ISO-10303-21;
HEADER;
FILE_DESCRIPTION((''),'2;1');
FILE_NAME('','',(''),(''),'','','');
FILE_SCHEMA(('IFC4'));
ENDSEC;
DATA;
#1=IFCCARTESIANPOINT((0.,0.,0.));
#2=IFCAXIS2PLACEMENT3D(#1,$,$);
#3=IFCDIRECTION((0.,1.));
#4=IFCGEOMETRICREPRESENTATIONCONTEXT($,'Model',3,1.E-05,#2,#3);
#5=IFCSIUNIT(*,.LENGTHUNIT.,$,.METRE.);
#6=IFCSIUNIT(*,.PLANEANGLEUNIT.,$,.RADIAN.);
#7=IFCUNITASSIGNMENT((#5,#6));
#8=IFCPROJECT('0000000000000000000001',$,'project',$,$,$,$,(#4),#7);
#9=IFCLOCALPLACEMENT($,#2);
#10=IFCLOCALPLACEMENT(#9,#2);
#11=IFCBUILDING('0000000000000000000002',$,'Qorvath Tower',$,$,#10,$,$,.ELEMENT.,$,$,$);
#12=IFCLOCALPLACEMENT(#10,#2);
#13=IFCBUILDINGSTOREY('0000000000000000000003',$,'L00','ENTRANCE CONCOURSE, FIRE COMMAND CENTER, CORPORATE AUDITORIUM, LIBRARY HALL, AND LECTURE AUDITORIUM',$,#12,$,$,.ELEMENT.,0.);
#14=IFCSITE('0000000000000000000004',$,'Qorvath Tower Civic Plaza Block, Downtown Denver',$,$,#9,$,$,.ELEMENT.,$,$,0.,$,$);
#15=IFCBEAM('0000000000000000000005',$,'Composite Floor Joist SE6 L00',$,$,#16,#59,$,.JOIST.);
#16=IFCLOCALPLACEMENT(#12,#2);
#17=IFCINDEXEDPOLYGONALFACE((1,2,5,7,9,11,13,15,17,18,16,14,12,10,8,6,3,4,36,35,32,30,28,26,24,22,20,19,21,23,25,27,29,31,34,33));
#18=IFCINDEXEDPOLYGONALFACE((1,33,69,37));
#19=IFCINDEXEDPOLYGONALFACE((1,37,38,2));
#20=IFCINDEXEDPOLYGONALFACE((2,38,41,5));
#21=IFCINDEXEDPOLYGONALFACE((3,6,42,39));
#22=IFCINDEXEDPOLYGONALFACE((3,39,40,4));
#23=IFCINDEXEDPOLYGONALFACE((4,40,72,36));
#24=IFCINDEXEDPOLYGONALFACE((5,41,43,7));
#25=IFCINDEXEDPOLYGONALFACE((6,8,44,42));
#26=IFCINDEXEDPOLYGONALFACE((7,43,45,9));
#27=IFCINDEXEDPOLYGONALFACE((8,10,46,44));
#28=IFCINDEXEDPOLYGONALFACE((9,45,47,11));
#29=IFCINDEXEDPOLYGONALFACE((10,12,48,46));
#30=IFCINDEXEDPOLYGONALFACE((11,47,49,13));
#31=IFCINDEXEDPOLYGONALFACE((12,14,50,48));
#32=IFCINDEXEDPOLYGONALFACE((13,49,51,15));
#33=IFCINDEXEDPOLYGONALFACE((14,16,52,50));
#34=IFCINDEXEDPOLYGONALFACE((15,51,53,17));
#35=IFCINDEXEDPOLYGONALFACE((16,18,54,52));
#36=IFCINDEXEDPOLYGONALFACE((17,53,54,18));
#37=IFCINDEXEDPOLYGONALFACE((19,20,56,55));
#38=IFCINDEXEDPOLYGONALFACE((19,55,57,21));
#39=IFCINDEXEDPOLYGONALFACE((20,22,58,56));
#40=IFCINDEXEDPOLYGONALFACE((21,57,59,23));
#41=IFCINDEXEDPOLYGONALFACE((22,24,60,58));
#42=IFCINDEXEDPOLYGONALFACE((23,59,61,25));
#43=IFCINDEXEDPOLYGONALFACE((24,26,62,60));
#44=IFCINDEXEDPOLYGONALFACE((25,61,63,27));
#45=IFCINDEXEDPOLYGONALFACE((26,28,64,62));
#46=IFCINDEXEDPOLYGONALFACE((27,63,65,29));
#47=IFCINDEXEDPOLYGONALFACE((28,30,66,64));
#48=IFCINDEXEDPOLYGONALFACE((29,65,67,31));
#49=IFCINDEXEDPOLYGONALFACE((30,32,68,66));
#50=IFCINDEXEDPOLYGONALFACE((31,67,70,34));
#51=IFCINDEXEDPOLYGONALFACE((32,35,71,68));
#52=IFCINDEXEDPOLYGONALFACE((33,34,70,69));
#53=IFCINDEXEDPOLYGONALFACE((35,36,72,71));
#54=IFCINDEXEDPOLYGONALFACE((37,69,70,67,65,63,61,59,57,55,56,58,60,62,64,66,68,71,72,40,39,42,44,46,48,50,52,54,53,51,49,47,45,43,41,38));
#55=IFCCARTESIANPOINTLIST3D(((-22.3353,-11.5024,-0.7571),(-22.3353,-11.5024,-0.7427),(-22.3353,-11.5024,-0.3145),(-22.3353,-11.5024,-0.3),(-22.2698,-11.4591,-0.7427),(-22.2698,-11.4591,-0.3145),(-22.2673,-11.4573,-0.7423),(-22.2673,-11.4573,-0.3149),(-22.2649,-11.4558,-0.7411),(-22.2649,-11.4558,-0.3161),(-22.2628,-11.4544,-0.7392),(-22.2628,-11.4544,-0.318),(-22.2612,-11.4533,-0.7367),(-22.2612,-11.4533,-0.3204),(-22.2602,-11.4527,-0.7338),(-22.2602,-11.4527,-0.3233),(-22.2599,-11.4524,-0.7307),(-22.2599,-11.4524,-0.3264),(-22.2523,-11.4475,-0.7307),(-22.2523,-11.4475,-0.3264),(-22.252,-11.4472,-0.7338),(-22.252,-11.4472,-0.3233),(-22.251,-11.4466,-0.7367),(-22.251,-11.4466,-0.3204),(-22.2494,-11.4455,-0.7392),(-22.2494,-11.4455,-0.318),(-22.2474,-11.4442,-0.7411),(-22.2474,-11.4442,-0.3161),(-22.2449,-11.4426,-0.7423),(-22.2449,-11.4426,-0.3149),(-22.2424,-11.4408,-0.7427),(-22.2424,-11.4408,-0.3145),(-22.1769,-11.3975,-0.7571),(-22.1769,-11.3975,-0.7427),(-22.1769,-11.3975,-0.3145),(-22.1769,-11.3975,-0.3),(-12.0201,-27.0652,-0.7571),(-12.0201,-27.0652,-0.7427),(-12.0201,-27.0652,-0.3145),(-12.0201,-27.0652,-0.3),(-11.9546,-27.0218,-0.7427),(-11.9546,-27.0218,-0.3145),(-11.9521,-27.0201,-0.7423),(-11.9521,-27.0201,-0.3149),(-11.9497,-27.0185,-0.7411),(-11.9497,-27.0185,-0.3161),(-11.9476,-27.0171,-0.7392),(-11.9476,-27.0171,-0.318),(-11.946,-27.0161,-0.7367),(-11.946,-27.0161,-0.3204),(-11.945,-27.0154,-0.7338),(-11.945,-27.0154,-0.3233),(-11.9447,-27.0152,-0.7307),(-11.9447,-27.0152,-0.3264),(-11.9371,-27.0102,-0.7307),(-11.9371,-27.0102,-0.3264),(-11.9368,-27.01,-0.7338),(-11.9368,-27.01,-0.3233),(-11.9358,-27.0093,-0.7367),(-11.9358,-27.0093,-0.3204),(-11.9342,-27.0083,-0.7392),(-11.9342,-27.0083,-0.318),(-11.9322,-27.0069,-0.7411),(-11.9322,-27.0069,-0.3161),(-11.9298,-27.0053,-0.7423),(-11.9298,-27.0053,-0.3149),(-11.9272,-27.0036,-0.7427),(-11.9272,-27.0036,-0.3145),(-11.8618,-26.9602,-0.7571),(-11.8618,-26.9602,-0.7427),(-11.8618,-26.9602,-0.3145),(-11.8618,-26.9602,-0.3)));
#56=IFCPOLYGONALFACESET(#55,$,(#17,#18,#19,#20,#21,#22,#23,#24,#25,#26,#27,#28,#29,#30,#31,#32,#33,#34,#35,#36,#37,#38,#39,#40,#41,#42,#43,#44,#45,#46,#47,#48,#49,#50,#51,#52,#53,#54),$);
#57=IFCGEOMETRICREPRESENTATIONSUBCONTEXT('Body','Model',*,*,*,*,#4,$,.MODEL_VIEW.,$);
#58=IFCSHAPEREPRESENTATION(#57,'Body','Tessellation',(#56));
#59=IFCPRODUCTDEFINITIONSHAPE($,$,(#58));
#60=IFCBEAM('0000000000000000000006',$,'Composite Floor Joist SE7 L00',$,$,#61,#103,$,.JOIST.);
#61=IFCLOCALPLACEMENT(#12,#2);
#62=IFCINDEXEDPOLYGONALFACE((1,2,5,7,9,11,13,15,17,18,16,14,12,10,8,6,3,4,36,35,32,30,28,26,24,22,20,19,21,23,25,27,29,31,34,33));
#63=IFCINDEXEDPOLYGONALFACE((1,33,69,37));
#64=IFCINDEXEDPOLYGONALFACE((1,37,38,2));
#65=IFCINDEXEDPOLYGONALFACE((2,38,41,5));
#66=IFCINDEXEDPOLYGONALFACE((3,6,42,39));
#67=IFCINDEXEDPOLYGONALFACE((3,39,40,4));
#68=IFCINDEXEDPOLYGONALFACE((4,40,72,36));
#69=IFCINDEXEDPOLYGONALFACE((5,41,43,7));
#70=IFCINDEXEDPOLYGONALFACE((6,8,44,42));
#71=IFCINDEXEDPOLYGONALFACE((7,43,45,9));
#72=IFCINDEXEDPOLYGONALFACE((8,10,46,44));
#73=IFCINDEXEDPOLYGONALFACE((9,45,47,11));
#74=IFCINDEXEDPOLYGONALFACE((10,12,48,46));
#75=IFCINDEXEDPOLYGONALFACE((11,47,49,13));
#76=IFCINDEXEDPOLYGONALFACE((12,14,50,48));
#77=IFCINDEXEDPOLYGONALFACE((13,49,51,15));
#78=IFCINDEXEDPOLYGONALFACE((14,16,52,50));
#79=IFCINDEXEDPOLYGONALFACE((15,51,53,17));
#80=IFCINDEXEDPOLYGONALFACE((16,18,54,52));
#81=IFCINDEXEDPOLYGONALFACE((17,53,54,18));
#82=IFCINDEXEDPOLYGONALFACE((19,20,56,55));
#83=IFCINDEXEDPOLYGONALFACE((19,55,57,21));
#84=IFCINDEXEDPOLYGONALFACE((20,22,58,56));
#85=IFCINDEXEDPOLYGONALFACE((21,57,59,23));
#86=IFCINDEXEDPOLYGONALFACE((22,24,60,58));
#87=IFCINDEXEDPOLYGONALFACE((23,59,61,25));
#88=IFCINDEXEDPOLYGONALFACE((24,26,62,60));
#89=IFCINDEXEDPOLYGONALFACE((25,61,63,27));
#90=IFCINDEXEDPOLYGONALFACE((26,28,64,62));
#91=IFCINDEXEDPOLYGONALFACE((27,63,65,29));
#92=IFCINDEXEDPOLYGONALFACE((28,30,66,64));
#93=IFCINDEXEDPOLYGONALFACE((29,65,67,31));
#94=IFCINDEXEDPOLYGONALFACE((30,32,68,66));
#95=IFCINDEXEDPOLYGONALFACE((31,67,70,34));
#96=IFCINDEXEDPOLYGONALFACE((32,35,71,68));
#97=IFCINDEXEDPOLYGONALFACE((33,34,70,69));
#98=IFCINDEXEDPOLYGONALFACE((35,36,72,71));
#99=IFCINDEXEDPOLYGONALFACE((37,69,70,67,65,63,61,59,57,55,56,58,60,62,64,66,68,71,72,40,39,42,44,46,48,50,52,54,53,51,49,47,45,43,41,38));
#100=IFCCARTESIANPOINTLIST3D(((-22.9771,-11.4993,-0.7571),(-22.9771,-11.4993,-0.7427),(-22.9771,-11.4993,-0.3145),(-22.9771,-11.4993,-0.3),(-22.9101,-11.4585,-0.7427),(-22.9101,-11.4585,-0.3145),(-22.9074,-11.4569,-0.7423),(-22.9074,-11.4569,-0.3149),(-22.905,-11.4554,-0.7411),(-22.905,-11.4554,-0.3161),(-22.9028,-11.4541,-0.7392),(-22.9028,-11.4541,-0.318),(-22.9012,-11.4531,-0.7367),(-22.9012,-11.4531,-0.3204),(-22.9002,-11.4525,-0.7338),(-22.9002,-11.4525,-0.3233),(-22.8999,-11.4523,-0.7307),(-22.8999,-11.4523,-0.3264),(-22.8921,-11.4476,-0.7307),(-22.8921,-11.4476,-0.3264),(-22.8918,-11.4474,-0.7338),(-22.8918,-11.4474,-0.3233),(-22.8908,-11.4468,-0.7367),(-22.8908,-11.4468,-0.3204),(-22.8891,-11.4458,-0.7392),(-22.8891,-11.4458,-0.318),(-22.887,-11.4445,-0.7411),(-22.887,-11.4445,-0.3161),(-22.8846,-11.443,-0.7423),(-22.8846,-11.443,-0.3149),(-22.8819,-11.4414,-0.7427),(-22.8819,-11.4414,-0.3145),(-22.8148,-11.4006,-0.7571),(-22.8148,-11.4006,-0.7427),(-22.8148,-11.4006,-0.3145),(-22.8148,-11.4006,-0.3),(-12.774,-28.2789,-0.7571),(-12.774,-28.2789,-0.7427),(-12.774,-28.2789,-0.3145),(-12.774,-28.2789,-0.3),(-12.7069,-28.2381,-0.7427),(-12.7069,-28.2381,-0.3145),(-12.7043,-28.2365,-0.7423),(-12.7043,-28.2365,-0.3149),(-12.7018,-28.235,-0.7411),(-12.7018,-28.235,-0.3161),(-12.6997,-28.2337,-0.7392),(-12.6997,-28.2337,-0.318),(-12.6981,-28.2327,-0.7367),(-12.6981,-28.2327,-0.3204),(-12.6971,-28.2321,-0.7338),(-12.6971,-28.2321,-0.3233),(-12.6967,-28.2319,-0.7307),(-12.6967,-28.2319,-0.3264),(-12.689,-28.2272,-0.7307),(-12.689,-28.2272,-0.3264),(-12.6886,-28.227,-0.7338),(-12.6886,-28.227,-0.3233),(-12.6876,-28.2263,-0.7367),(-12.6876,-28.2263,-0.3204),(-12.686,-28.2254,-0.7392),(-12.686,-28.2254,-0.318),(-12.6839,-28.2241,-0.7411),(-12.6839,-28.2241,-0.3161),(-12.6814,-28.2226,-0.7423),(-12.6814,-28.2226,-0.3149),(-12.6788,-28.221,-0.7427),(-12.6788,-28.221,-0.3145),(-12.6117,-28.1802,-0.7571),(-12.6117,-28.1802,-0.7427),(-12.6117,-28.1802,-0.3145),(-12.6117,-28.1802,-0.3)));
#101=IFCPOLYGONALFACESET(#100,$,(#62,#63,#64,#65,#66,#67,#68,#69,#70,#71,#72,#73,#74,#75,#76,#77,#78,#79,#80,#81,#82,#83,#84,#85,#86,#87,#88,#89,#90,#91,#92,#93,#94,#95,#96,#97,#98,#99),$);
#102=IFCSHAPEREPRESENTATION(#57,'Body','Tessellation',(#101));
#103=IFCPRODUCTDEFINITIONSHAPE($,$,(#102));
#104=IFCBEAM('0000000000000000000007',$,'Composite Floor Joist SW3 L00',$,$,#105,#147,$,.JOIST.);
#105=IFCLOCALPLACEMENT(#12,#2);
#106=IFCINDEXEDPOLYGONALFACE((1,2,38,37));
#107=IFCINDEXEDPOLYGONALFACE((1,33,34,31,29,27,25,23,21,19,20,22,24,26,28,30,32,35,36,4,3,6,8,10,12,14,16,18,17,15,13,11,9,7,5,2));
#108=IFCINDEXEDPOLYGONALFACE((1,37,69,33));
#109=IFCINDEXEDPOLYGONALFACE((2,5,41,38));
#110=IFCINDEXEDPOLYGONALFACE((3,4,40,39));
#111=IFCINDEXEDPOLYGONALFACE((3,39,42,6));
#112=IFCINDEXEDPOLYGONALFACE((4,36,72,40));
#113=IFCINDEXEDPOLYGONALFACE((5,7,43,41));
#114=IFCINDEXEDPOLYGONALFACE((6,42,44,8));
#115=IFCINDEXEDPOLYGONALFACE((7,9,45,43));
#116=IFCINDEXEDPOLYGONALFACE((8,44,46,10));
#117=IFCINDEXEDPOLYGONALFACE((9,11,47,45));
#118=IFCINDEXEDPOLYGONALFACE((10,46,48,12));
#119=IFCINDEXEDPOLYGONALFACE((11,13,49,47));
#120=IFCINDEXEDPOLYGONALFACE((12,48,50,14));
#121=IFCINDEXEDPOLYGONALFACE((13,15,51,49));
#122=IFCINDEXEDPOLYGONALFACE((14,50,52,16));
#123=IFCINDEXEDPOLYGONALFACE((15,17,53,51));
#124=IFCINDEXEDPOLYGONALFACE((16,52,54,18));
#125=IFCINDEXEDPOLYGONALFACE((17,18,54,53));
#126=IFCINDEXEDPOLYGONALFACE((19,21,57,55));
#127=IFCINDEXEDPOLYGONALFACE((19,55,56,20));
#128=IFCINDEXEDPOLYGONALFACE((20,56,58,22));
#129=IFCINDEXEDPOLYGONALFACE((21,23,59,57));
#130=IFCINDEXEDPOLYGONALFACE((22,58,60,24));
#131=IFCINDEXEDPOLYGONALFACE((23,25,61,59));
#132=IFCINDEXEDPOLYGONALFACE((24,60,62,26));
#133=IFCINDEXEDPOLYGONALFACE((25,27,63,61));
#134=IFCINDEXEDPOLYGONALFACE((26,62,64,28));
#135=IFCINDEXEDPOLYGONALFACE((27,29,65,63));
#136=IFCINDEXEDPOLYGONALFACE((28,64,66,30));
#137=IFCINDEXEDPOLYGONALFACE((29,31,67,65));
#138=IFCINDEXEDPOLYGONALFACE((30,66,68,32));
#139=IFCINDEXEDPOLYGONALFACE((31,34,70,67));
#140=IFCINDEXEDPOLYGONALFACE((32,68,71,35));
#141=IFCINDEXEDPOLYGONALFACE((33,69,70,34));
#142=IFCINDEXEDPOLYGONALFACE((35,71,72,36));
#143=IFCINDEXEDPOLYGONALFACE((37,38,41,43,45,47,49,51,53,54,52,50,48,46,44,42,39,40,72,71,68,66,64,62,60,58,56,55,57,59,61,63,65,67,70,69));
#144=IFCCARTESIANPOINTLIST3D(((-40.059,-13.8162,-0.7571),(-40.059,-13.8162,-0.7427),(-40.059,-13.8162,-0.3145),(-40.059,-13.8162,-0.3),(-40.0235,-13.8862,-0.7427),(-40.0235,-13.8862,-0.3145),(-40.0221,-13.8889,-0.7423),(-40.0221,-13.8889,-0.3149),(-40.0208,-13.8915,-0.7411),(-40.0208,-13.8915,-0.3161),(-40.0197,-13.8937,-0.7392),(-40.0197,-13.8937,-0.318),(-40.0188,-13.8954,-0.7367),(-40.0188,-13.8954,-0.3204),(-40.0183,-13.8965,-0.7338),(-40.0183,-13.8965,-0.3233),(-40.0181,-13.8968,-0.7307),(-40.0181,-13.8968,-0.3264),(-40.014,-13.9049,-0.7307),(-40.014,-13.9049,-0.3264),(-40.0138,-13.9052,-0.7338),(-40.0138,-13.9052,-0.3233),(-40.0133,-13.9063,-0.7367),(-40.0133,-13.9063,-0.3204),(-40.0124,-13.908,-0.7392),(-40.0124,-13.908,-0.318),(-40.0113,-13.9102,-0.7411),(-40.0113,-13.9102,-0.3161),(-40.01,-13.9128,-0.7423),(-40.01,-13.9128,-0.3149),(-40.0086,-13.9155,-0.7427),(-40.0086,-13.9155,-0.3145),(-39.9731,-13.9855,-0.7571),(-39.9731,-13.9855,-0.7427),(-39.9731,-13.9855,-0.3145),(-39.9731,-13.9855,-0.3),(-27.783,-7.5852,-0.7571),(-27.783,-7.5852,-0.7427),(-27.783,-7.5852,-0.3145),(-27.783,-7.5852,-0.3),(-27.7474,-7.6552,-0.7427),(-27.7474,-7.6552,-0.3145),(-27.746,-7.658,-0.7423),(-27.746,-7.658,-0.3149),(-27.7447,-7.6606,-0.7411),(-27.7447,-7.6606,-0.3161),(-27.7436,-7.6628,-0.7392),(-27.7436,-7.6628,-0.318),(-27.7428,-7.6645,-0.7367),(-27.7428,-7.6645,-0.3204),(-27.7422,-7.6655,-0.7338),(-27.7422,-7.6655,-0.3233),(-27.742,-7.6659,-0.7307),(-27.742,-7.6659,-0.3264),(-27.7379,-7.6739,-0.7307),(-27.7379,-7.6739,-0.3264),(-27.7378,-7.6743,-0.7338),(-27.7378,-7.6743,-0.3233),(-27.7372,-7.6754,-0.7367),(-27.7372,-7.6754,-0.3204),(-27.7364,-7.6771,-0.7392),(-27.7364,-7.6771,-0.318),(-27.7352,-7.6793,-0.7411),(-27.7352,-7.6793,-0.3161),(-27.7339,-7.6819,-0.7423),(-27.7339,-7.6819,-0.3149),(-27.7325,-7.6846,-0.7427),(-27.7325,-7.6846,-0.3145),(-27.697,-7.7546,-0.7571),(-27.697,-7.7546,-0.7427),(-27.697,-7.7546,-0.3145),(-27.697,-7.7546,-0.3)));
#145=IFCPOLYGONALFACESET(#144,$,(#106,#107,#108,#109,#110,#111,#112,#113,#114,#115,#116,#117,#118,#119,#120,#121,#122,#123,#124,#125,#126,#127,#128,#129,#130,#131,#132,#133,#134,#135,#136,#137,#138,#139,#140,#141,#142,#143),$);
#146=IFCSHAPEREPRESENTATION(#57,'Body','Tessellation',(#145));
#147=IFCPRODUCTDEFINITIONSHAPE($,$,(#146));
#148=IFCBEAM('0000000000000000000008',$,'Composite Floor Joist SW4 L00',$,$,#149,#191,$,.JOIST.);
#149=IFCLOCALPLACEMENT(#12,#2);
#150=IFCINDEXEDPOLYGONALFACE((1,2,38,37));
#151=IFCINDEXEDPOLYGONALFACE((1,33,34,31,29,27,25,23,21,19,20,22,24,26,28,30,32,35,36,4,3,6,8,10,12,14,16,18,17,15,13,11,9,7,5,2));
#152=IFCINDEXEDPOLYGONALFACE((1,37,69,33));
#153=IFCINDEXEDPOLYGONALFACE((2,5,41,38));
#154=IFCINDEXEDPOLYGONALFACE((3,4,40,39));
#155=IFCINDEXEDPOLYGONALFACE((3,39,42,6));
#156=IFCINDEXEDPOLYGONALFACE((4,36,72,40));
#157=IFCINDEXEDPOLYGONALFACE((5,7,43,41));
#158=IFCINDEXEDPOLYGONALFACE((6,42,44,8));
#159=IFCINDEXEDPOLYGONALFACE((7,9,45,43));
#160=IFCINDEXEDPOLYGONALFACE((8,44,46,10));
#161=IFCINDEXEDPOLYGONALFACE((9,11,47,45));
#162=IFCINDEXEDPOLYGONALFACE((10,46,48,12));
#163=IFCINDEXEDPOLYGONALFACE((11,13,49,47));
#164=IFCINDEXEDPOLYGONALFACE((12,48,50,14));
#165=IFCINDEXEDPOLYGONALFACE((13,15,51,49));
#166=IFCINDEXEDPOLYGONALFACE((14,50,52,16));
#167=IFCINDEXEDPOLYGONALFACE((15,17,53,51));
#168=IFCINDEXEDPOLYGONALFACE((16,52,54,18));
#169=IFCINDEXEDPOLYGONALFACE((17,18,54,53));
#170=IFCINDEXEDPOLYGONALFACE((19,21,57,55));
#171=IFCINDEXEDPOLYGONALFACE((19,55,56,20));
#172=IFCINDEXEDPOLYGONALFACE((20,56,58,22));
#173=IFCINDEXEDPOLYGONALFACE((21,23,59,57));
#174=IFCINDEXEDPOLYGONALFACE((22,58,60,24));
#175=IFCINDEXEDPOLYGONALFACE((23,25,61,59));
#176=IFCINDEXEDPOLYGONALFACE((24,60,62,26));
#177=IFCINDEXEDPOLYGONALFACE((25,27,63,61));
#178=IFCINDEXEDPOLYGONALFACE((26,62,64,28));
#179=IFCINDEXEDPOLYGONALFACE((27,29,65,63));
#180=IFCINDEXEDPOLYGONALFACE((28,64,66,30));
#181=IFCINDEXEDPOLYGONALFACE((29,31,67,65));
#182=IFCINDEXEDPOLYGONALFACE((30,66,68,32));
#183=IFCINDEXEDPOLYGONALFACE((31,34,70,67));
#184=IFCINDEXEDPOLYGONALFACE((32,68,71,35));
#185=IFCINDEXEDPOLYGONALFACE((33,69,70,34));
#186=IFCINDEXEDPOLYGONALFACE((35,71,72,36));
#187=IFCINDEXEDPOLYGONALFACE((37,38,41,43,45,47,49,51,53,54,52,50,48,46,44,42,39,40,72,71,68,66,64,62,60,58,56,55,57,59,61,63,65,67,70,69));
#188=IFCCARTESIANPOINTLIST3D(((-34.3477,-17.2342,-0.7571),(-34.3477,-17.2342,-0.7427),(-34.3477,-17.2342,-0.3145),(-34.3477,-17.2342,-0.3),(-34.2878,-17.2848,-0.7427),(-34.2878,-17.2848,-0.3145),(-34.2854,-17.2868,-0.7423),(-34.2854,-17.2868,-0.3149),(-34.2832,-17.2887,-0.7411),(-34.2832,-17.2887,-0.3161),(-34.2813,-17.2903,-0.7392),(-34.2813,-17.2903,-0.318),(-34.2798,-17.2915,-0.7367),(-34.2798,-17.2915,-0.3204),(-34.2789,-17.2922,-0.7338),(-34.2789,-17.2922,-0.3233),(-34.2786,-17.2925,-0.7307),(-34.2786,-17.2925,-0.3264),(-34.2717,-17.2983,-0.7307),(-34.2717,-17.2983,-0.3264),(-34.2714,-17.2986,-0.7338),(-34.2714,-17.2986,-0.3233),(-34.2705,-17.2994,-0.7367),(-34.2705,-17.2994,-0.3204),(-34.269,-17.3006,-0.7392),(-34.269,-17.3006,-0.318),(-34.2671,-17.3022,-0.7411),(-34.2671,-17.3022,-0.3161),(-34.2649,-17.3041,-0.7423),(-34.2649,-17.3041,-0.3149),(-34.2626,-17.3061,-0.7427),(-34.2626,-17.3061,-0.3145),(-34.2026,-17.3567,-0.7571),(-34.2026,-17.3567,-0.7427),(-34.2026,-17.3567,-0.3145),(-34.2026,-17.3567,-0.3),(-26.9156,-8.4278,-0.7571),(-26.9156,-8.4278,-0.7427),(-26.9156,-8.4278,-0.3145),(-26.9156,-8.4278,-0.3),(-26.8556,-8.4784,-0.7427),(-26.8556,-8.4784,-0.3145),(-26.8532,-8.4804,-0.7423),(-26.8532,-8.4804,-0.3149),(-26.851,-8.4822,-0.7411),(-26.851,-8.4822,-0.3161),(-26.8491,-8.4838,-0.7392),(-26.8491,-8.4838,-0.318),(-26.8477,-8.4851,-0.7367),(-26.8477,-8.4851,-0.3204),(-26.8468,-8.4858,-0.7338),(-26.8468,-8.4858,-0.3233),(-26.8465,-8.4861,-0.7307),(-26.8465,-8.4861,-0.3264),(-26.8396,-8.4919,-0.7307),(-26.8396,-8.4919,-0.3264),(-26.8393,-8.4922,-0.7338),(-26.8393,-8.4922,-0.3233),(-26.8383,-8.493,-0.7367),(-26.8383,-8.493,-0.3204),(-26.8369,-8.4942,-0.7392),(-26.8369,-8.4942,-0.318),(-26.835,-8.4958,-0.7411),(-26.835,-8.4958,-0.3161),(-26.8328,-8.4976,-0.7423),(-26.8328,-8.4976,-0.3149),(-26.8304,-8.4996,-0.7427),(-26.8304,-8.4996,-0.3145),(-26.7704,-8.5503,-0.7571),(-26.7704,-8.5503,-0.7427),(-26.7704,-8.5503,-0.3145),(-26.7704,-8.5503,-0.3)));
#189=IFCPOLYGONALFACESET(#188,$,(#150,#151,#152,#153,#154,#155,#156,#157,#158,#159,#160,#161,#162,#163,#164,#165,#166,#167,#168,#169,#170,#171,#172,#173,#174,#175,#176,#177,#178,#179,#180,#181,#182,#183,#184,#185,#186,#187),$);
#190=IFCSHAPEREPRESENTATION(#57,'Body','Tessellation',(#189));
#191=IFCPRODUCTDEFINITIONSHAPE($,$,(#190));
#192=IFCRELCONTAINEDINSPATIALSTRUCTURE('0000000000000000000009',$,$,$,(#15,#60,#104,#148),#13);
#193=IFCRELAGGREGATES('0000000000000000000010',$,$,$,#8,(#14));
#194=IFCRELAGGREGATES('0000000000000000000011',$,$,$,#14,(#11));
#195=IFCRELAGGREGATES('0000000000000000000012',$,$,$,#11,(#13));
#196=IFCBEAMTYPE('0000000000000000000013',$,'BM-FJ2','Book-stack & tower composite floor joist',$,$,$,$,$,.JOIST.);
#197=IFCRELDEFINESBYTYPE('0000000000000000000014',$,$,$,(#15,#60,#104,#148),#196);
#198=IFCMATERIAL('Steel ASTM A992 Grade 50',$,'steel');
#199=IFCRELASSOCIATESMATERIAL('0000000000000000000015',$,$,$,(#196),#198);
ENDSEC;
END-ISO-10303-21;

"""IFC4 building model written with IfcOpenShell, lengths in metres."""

from ifc_helpers import new_model, si_unit, direction, frame, origin, origin_2d, place, context, subcontext, project, spatial, i_section, extrude, material, material_profile, profile_set, type_object, element, save


model = new_model("IFC4")

# Units and contexts
model_context = context("Model", 3, precision=1e-05, world=origin(), true_north=direction((0.0, 1.0)))
body_context = subcontext(model_context, "Body", "Model", "MODEL_VIEW")
ifc_project = project(units=[si_unit("LENGTHUNIT", "METRE"), si_unit("PLANEANGLEUNIT", "RADIAN")], contexts=[model_context])

# Site, building, storey
site_placement = place(None, origin())
site = spatial("IfcSite", under=ifc_project, at=site_placement, Name="Qorvath Tower Civic Plaza Block, Downtown Denver", CompositionType="ELEMENT", RefElevation=0.0)
building_placement = place(site_placement, origin())
building = spatial("IfcBuilding", under=site, at=building_placement, Name="Qorvath Tower", CompositionType="ELEMENT")
storey_placement = place(building_placement, origin())
storey = spatial("IfcBuildingStorey", under=building, at=storey_placement, Name="L00", Description="ENTRANCE CONCOURSE, FIRE COMMAND CENTER, CORPORATE AUDITORIUM, LIBRARY HALL, AND LECTURE AUDITORIUM", CompositionType="ELEMENT", Elevation=0.0)

# Beams
ifc_material_1 = material(Name="Steel ASTM A992 Grade 50", Category="steel")
ifc_material_profile_1 = material_profile(ifc_material_1, i_section(OverallWidth=0.1899, OverallDepth=0.457, WebThickness=0.009, FlangeThickness=0.0144, FilletRadius=0.012, at=origin_2d()), Name="W18x50")
ifc_profile_set_1 = profile_set([ifc_material_profile_1], Name="Steel ASTM A992 Grade 50")
beam_type_1 = type_object("IfcBeamType", Name="BM-FJ2", Description="Book-stack & tower composite floor joist", PredefinedType="JOIST", material=ifc_profile_set_1)
beam_1_placement = place(storey_placement, frame((-22.2561, -11.45, -0.5286), z_axis=(0.552474, -0.83353, 0.0), x_axis=(0.83353, 0.552474, 0.0)))
element("IfcBeam", 1, at=beam_1_placement, inside=storey, type_object=beam_type_1, Name="Composite Floor Joist SE6 L00", PredefinedType="JOIST", context=body_context, shape_type="SweptSolid", body=[
    extrude(i_section(OverallWidth=0.1899, OverallDepth=0.457, WebThickness=0.009, FlangeThickness=0.0144, FilletRadius=0.012, at=origin_2d()), origin(), (0.0, 0.0, 1.0), 18.6709),
])
beam_2_placement = place(storey_placement, frame((-22.896, -11.45, -0.5286), z_axis=(0.519556, -0.854436, 0.0), x_axis=(0.854436, 0.519556, 0.0)))
element("IfcBeam", 2, at=beam_2_placement, inside=storey, type_object=beam_type_1, Name="Composite Floor Joist SE7 L00", PredefinedType="JOIST", context=body_context, shape_type="SweptSolid", body=[
    extrude(i_section(OverallWidth=0.1899, OverallDepth=0.457, WebThickness=0.009, FlangeThickness=0.0144, FilletRadius=0.012, at=origin_2d()), origin(), (0.0, 0.0, 1.0), 19.6382),
])
beam_3_placement = place(storey_placement, frame((-27.74, -7.6699, -0.5286), z_axis=(-0.891712, -0.452604, 0.0), x_axis=(0.452604, -0.891712, 0.0)))
element("IfcBeam", 3, at=beam_3_placement, inside=storey, type_object=beam_type_1, Name="Composite Floor Joist SW3 L00", PredefinedType="JOIST", context=body_context, shape_type="SweptSolid", body=[
    extrude(i_section(OverallWidth=0.1899, OverallDepth=0.457, WebThickness=0.009, FlangeThickness=0.0144, FilletRadius=0.012, at=origin_2d()), origin(), (0.0, 0.0, 1.0), 13.7668),
])
beam_4_placement = place(storey_placement, frame((-26.843, -8.489, -0.5286), z_axis=(-0.644959, -0.764217, 0.0), x_axis=(0.764217, -0.644959, 0.0)))
element("IfcBeam", 4, at=beam_4_placement, inside=storey, type_object=beam_type_1, Name="Composite Floor Joist SW4 L00", PredefinedType="JOIST", context=body_context, shape_type="SweptSolid", body=[
    extrude(i_section(OverallWidth=0.1899, OverallDepth=0.457, WebThickness=0.009, FlangeThickness=0.0144, FilletRadius=0.012, at=origin_2d()), origin(), (0.0, 0.0, 1.0), 11.5234),
])

save(model, "model.ifc")
